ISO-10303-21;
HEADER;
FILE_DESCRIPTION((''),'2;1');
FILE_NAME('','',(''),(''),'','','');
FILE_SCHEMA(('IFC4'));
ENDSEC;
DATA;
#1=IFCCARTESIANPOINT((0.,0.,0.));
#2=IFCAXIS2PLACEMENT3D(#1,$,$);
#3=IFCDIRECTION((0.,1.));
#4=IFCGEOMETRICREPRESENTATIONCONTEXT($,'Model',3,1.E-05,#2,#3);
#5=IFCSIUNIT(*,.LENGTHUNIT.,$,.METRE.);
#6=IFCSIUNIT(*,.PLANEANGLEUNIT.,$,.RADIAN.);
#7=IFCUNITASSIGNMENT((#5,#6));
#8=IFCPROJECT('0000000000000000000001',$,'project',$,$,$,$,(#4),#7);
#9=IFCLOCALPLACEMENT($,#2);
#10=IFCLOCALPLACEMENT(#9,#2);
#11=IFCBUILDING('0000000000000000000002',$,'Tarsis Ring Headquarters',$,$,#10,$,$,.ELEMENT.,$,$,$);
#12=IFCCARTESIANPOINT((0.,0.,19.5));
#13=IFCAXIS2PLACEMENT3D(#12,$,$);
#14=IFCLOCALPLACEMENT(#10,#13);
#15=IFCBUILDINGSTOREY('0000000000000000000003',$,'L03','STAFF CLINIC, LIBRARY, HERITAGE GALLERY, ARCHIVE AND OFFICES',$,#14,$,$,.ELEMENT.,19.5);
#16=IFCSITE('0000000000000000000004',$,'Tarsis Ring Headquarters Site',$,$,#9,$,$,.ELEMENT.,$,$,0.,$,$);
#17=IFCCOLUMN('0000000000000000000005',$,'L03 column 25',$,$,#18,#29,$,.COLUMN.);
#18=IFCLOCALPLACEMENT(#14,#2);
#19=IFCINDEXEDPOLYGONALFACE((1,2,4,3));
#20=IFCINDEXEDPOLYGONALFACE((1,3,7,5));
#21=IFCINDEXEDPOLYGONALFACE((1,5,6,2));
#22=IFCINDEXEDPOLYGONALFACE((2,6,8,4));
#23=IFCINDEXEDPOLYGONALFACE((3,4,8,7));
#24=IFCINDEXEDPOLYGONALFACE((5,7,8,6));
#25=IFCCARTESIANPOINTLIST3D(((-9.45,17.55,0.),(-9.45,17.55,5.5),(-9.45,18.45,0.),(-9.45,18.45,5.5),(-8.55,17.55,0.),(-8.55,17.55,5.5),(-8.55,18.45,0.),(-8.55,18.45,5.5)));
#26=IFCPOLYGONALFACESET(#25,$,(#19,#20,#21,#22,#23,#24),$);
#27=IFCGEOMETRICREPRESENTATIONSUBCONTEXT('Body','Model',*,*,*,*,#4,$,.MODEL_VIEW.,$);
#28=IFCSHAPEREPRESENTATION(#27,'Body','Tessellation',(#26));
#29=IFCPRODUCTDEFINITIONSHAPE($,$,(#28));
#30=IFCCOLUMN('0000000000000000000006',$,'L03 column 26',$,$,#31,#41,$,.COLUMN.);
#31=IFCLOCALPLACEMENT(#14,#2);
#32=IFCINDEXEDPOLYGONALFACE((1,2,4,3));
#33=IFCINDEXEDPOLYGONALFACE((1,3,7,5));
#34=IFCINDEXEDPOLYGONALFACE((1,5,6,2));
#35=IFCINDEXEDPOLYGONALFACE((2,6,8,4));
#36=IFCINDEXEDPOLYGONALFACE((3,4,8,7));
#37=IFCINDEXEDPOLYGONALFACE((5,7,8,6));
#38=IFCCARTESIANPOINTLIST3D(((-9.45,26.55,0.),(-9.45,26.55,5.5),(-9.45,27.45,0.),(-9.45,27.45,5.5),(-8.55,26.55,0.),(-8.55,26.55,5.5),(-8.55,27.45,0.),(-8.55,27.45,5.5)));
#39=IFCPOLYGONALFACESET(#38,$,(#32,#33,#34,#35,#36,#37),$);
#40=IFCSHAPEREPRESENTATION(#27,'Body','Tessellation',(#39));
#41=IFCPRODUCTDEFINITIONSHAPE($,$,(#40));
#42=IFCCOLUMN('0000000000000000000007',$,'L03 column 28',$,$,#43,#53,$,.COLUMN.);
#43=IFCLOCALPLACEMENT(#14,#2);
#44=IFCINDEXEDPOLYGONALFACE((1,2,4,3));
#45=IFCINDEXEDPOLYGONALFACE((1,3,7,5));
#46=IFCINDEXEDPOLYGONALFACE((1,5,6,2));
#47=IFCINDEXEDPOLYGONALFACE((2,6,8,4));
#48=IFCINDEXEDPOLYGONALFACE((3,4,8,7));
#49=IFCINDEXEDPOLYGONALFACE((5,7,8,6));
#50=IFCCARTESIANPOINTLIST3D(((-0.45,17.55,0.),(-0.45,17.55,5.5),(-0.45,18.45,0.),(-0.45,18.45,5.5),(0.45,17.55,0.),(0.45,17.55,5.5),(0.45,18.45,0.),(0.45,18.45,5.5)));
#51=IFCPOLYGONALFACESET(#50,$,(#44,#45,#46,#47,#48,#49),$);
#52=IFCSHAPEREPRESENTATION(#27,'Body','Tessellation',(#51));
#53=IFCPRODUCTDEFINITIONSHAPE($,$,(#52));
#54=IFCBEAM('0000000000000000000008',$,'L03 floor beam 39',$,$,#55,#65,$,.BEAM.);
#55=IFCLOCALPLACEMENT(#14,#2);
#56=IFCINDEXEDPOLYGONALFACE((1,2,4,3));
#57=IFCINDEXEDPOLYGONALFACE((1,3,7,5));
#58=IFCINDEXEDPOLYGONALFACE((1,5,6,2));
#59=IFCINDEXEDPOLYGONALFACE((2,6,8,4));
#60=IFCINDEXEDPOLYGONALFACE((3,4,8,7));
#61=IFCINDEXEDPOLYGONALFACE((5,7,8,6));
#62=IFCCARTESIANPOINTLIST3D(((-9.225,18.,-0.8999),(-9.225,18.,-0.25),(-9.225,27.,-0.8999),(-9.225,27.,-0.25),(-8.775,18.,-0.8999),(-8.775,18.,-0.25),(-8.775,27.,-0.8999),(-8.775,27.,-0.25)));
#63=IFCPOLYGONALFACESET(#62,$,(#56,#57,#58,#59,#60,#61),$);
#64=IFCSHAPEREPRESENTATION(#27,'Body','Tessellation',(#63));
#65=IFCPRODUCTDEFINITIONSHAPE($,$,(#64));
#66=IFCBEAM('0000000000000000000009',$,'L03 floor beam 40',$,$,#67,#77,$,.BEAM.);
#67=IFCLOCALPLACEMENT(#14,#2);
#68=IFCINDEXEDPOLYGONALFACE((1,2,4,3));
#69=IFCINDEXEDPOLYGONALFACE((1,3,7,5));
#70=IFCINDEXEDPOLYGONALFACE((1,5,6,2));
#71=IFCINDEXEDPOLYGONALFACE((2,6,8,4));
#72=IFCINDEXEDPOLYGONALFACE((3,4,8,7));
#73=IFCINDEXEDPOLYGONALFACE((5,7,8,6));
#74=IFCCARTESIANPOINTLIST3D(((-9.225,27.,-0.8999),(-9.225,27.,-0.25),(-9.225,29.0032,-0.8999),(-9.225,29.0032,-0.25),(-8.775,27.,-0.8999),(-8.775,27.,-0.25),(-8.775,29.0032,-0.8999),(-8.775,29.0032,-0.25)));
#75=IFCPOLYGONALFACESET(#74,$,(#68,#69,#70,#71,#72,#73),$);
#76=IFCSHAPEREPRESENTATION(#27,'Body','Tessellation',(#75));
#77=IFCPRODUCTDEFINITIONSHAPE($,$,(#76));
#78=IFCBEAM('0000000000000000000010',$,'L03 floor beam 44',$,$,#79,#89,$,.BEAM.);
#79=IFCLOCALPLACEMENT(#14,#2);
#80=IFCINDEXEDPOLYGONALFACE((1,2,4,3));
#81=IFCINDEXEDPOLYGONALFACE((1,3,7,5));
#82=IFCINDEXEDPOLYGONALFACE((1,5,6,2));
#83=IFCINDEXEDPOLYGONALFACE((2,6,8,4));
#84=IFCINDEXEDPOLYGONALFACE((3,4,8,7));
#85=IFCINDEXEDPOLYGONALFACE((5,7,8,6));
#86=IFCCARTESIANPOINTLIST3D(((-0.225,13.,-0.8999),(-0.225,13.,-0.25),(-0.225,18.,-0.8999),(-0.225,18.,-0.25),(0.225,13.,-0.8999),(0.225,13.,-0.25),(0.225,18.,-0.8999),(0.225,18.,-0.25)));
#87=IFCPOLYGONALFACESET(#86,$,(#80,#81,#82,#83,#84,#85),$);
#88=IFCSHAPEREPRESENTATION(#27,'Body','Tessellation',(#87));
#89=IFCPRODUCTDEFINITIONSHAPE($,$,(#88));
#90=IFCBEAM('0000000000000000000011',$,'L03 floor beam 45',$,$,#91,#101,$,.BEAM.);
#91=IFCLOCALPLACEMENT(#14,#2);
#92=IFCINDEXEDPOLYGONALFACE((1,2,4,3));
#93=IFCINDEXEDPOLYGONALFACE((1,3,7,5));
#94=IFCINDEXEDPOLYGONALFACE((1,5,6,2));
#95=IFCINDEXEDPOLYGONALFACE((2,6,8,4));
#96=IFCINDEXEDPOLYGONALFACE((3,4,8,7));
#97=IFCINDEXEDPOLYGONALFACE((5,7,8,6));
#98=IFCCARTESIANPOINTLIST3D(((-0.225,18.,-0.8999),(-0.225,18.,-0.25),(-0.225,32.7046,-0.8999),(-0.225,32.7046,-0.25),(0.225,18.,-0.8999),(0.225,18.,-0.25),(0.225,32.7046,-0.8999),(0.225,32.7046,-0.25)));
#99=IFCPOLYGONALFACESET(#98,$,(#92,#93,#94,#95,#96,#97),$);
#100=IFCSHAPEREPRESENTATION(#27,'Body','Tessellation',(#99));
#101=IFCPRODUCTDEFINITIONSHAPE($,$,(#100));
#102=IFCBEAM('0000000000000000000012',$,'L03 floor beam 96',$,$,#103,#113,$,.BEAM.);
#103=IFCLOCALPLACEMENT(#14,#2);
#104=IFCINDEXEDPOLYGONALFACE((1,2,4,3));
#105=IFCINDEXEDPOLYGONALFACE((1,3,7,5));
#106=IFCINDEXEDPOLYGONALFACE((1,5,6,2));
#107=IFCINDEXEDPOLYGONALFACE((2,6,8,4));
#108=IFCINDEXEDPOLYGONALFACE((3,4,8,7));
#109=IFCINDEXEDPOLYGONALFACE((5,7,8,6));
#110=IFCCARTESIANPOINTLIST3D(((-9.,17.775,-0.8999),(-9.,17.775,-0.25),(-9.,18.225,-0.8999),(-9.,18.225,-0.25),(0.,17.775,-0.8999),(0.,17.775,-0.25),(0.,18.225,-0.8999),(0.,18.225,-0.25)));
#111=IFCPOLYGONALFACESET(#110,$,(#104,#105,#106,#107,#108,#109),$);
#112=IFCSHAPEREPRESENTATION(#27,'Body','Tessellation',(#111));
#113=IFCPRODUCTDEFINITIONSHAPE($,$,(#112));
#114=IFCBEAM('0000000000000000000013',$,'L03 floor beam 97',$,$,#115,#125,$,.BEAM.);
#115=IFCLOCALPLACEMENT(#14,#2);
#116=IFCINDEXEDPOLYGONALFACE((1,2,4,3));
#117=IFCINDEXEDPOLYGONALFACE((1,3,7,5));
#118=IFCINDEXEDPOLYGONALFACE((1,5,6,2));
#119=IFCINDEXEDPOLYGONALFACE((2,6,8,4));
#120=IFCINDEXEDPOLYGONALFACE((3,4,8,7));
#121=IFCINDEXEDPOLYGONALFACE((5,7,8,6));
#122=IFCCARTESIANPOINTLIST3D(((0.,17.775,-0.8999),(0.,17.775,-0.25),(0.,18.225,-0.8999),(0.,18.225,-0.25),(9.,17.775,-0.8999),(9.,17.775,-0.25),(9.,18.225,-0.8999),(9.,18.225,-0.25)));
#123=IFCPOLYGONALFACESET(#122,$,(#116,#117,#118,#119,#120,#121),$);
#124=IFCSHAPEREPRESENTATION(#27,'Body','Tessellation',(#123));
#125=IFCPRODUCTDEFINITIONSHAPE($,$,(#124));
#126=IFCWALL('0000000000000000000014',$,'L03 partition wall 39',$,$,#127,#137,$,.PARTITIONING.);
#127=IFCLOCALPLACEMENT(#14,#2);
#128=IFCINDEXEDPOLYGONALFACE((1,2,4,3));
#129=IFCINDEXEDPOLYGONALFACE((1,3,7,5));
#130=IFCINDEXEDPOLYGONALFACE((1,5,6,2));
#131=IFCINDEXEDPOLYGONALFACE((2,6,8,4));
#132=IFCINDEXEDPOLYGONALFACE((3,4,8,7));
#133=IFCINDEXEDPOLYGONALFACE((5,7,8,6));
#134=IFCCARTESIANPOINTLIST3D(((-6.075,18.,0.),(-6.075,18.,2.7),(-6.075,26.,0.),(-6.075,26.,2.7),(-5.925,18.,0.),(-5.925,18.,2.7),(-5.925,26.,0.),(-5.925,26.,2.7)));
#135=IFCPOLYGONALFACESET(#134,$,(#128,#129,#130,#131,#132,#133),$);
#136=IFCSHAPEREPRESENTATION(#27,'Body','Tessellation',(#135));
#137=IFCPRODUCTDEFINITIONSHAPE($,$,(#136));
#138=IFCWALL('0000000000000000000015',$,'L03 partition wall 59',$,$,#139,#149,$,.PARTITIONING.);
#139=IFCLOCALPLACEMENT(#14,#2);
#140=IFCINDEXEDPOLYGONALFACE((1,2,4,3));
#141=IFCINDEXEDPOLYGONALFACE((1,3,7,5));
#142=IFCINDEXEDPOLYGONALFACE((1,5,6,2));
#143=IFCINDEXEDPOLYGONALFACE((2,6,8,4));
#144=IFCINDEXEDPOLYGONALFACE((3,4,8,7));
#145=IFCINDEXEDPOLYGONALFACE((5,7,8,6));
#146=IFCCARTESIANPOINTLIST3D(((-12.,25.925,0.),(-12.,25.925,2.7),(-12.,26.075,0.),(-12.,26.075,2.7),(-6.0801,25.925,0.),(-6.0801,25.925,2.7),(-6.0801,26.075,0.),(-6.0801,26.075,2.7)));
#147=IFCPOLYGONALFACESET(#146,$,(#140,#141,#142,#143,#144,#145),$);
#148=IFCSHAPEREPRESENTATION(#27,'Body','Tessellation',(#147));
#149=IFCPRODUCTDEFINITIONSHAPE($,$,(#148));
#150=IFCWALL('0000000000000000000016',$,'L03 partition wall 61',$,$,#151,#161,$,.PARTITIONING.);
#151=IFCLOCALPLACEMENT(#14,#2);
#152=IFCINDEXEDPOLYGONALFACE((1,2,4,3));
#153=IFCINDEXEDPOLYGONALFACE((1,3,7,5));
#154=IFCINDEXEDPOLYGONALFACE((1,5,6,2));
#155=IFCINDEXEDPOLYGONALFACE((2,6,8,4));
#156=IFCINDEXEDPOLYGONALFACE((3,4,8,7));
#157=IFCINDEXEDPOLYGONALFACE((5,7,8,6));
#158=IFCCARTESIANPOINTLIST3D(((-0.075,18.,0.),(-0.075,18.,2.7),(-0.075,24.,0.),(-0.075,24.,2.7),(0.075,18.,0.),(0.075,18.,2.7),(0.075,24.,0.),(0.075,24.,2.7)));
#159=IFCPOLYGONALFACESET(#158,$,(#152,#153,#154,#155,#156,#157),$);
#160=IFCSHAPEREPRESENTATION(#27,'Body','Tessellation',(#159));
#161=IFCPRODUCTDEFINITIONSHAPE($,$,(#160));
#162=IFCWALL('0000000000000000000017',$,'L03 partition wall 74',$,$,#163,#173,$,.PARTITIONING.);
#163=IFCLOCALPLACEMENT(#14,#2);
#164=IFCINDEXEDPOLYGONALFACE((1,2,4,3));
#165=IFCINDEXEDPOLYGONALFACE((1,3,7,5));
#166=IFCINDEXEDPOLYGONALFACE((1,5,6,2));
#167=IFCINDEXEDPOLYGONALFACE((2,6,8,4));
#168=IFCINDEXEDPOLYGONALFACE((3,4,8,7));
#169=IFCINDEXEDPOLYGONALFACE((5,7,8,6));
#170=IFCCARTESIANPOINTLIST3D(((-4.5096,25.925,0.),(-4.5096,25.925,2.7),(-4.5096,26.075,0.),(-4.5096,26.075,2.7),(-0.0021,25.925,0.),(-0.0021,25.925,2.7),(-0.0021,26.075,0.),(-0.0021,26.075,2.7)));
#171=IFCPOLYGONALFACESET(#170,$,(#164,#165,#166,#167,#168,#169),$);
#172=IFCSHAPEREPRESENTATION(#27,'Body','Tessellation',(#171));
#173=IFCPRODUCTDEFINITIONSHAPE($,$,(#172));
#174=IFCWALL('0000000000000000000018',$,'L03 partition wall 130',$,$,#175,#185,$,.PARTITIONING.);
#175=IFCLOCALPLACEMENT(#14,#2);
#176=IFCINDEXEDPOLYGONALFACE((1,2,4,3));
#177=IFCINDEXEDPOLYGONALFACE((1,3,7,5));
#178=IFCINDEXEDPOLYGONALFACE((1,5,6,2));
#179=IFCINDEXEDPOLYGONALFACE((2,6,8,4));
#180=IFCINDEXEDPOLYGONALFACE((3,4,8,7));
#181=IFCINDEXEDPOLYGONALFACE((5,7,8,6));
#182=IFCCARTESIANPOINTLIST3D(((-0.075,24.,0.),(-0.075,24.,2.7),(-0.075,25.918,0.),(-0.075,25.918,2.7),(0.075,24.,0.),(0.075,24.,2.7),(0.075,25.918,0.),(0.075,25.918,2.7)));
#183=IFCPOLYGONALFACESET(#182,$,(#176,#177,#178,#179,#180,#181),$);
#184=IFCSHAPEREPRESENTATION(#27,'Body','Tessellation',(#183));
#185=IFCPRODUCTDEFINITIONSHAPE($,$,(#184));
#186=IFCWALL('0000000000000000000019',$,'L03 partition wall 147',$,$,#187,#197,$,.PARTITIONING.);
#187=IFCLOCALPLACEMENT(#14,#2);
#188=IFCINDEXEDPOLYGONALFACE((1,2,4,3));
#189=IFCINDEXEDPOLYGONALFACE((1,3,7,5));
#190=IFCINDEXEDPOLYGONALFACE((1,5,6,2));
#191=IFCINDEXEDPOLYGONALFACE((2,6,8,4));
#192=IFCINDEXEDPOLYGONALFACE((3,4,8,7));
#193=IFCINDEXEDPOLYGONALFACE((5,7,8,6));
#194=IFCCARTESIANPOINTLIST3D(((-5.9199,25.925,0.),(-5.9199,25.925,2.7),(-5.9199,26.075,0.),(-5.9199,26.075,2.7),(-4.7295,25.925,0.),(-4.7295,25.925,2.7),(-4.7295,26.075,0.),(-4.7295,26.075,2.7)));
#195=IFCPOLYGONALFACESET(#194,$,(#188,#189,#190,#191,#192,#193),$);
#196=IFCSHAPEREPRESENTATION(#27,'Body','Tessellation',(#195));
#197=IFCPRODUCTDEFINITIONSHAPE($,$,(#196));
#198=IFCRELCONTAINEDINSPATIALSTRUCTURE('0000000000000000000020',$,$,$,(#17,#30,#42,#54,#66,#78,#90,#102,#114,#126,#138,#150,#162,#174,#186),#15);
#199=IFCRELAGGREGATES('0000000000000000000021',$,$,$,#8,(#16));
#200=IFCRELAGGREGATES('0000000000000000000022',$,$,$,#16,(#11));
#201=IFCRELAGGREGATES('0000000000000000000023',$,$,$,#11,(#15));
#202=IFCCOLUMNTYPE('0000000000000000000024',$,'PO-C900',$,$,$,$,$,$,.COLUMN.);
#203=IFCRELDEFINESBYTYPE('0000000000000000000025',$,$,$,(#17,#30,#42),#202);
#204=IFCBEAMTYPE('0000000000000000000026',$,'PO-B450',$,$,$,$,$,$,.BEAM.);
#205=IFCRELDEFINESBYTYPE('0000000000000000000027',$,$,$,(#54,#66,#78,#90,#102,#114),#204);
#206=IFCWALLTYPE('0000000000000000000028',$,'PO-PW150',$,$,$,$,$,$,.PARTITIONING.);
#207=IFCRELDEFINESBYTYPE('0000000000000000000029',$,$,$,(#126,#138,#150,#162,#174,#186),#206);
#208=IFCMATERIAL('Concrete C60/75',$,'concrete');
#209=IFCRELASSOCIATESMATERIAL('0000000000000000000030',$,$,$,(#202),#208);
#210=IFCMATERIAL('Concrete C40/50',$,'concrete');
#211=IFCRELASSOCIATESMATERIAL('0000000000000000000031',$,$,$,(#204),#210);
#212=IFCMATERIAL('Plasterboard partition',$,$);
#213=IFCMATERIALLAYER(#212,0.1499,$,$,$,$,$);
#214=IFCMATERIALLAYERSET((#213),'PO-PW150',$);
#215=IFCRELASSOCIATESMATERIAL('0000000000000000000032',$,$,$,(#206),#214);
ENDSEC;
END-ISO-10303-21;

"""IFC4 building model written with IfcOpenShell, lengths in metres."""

from ifc_helpers import new_model, si_unit, direction, frame, frame_2d, origin, origin_2d, place, context, subcontext, project, spatial, rectangle, extrude, material, layer, layer_set, material_profile, profile_set, type_object, element, save


model = new_model("IFC4")

# Units and contexts
model_context = context("Model", 3, precision=1e-05, world=origin(), true_north=direction((0.0, 1.0)))
body_context = subcontext(model_context, "Body", "Model", "MODEL_VIEW")
ifc_project = project(units=[si_unit("LENGTHUNIT", "METRE"), si_unit("PLANEANGLEUNIT", "RADIAN")], contexts=[model_context])

# Site, building, storey
site_placement = place(None, origin())
site = spatial("IfcSite", under=ifc_project, at=site_placement, Name="Tarsis Ring Headquarters Site", CompositionType="ELEMENT", RefElevation=0.0)
building_placement = place(site_placement, origin())
building = spatial("IfcBuilding", under=site, at=building_placement, Name="Tarsis Ring Headquarters", CompositionType="ELEMENT")
storey_placement = place(building_placement, frame((0.0, 0.0, 19.5)))
storey = spatial("IfcBuildingStorey", under=building, at=storey_placement, Name="L03", Description="STAFF CLINIC, LIBRARY, HERITAGE GALLERY, ARCHIVE AND OFFICES", CompositionType="ELEMENT", Elevation=19.5)

# Columns
ifc_material_1 = material(Name="Concrete C60/75", Category="concrete")
ifc_material_profile_1 = material_profile(ifc_material_1, rectangle(XDim=0.8999, YDim=0.8999, at=origin_2d()), Name="PO-C900")
ifc_profile_set_1 = profile_set([ifc_material_profile_1], Name="Concrete C60/75")
column_type = type_object("IfcColumnType", Name="PO-C900", PredefinedType="COLUMN", material=ifc_profile_set_1)
for number, where, z_axis, x_axis, name in (
    (1, (-9.0, 18.0, 0.0), (0.0, 0.0, 1.0), (1.0, 0.0, 0.0), "L03 column 25"),
    (2, (-9.0, 27.0, 0.0), (0.0, 0.0, 1.0), (1.0, 0.0, 0.0), "L03 column 26"),
    (3, (0.0, 18.0, 0.0), (0.0, 0.0, 1.0), (1.0, 0.0, 0.0), "L03 column 28"),
):
    element("IfcColumn", number, at=place(storey_placement, frame(where, z_axis=z_axis, x_axis=x_axis)), inside=storey, type_object=column_type, Name=name, PredefinedType="COLUMN", context=body_context, shape_type="SweptSolid", body=[
        extrude(rectangle(XDim=0.8999, YDim=0.8999, at=origin_2d()), origin(), (0.0, 0.0, 1.0), 5.5),
    ])

# Beams
ifc_material_2 = material(Name="Concrete C40/50", Category="concrete")
ifc_material_profile_2 = material_profile(ifc_material_2, rectangle(XDim=0.45, YDim=0.6499, at=origin_2d()), Name="PO-B450")
ifc_profile_set_2 = profile_set([ifc_material_profile_2], Name="Concrete C40/50")
beam_type = type_object("IfcBeamType", Name="PO-B450", PredefinedType="BEAM", material=ifc_profile_set_2)
beam_1_placement = place(storey_placement, frame((-9.0, 18.0, -0.575), z_axis=(0.0, 1.0, 0.0), x_axis=(-1.0, 0.0, 0.0)))
element("IfcBeam", 4, at=beam_1_placement, inside=storey, type_object=beam_type, Name="L03 floor beam 39", PredefinedType="BEAM", context=body_context, shape_type="SweptSolid", body=[
    extrude(rectangle(XDim=0.45, YDim=0.6499, at=origin_2d()), origin(), (0.0, 0.0, 1.0), 9.0),
])
beam_2_placement = place(storey_placement, frame((-9.0, 27.0, -0.575), z_axis=(0.0, 1.0, 0.0), x_axis=(-1.0, 0.0, 0.0)))
element("IfcBeam", 5, at=beam_2_placement, inside=storey, type_object=beam_type, Name="L03 floor beam 40", PredefinedType="BEAM", context=body_context, shape_type="SweptSolid", body=[
    extrude(rectangle(XDim=0.45, YDim=0.6499, at=origin_2d()), origin(), (0.0, 0.0, 1.0), 2.0032),
])
beam_3_placement = place(storey_placement, frame((0.0, 13.0, -0.575), z_axis=(0.0, 1.0, 0.0), x_axis=(-1.0, 0.0, 0.0)))
element("IfcBeam", 6, at=beam_3_placement, inside=storey, type_object=beam_type, Name="L03 floor beam 44", PredefinedType="BEAM", context=body_context, shape_type="SweptSolid", body=[
    extrude(rectangle(XDim=0.45, YDim=0.6499, at=origin_2d()), origin(), (0.0, 0.0, 1.0), 5.0),
])
beam_4_placement = place(storey_placement, frame((0.0, 18.0, -0.575), z_axis=(0.0, 1.0, 0.0), x_axis=(-1.0, 0.0, 0.0)))
element("IfcBeam", 7, at=beam_4_placement, inside=storey, type_object=beam_type, Name="L03 floor beam 45", PredefinedType="BEAM", context=body_context, shape_type="SweptSolid", body=[
    extrude(rectangle(XDim=0.45, YDim=0.6499, at=origin_2d()), origin(), (0.0, 0.0, 1.0), 14.7046),
])
for number, where, z_axis, x_axis, name in (
    (8, (-9.0, 18.0, -0.575), (1.0, 0.0, 0.0), (0.0, 1.0, 0.0), "L03 floor beam 96"),
    (9, (0.0, 18.0, -0.575), (1.0, 0.0, 0.0), (0.0, 1.0, 0.0), "L03 floor beam 97"),
):
    element("IfcBeam", number, at=place(storey_placement, frame(where, z_axis=z_axis, x_axis=x_axis)), inside=storey, type_object=beam_type, Name=name, PredefinedType="BEAM", context=body_context, shape_type="SweptSolid", body=[
        extrude(rectangle(XDim=0.45, YDim=0.6499, at=origin_2d()), origin(), (0.0, 0.0, 1.0), 9.0),
    ])

# Walls
ifc_material_3 = material(Name="Plasterboard partition")
ifc_layer_1 = layer(ifc_material_3, 0.1499)
ifc_layer_set_1 = layer_set([ifc_layer_1], Name="PO-PW150")
wall_type_1 = type_object("IfcWallType", Name="PO-PW150", PredefinedType="PARTITIONING", material=ifc_layer_set_1)
wall_1_placement = place(storey_placement, frame((-6.0, 18.0, 0.0), z_axis=(0.0, 0.0, 1.0), x_axis=(0.0, 1.0, 0.0)))
element("IfcWall", 10, at=wall_1_placement, inside=storey, type_object=wall_type_1, Name="L03 partition wall 39", PredefinedType="PARTITIONING", context=body_context, shape_type="SweptSolid", body=[
    extrude(rectangle(XDim=8.0, YDim=0.1499, at=frame_2d((4.0, 0.0))), origin(), (0.0, 0.0, 1.0), 2.7),
])
wall_2_placement = place(storey_placement, frame((-6.0801, 26.0, 0.0), z_axis=(0.0, 0.0, 1.0), x_axis=(-1.0, 0.0, 0.0)))
element("IfcWall", 11, at=wall_2_placement, inside=storey, type_object=wall_type_1, Name="L03 partition wall 59", PredefinedType="PARTITIONING", context=body_context, shape_type="SweptSolid", body=[
    extrude(rectangle(XDim=5.9199, YDim=0.1499, at=frame_2d((2.96, 0.0))), origin(), (0.0, 0.0, 1.0), 2.7),
])
wall_3_placement = place(storey_placement, frame((0.0, 18.0, 0.0), z_axis=(0.0, 0.0, 1.0), x_axis=(0.0, 1.0, 0.0)))
element("IfcWall", 12, at=wall_3_placement, inside=storey, type_object=wall_type_1, Name="L03 partition wall 61", PredefinedType="PARTITIONING", context=body_context, shape_type="SweptSolid", body=[
    extrude(rectangle(XDim=6.0, YDim=0.1499, at=frame_2d((3.0, 0.0))), origin(), (0.0, 0.0, 1.0), 2.7),
])
wall_4_placement = place(storey_placement, frame((-0.002, 26.0, 0.0), z_axis=(0.0, 0.0, 1.0), x_axis=(-1.0, 0.0, 0.0)))
element("IfcWall", 13, at=wall_4_placement, inside=storey, type_object=wall_type_1, Name="L03 partition wall 74", PredefinedType="PARTITIONING", context=body_context, shape_type="SweptSolid", body=[
    extrude(rectangle(XDim=4.5076, YDim=0.1499, at=frame_2d((2.2539, 0.0))), origin(), (0.0, 0.0, 1.0), 2.7),
])
wall_5_placement = place(storey_placement, frame((0.0, 24.0, 0.0), z_axis=(0.0, 0.0, 1.0), x_axis=(0.0, 1.0, 0.0)))
element("IfcWall", 14, at=wall_5_placement, inside=storey, type_object=wall_type_1, Name="L03 partition wall 130", PredefinedType="PARTITIONING", context=body_context, shape_type="SweptSolid", body=[
    extrude(rectangle(XDim=1.918, YDim=0.1499, at=frame_2d((0.959, 0.0))), origin(), (0.0, 0.0, 1.0), 2.7),
])
wall_6_placement = place(storey_placement, frame((-4.7295, 26.0, 0.0), z_axis=(0.0, 0.0, 1.0), x_axis=(-1.0, 0.0, 0.0)))
element("IfcWall", 15, at=wall_6_placement, inside=storey, type_object=wall_type_1, Name="L03 partition wall 147", PredefinedType="PARTITIONING", context=body_context, shape_type="SweptSolid", body=[
    extrude(rectangle(XDim=1.1904, YDim=0.1499, at=frame_2d((0.5952, 0.0))), origin(), (0.0, 0.0, 1.0), 2.7),
])

save(model, "model.ifc")
